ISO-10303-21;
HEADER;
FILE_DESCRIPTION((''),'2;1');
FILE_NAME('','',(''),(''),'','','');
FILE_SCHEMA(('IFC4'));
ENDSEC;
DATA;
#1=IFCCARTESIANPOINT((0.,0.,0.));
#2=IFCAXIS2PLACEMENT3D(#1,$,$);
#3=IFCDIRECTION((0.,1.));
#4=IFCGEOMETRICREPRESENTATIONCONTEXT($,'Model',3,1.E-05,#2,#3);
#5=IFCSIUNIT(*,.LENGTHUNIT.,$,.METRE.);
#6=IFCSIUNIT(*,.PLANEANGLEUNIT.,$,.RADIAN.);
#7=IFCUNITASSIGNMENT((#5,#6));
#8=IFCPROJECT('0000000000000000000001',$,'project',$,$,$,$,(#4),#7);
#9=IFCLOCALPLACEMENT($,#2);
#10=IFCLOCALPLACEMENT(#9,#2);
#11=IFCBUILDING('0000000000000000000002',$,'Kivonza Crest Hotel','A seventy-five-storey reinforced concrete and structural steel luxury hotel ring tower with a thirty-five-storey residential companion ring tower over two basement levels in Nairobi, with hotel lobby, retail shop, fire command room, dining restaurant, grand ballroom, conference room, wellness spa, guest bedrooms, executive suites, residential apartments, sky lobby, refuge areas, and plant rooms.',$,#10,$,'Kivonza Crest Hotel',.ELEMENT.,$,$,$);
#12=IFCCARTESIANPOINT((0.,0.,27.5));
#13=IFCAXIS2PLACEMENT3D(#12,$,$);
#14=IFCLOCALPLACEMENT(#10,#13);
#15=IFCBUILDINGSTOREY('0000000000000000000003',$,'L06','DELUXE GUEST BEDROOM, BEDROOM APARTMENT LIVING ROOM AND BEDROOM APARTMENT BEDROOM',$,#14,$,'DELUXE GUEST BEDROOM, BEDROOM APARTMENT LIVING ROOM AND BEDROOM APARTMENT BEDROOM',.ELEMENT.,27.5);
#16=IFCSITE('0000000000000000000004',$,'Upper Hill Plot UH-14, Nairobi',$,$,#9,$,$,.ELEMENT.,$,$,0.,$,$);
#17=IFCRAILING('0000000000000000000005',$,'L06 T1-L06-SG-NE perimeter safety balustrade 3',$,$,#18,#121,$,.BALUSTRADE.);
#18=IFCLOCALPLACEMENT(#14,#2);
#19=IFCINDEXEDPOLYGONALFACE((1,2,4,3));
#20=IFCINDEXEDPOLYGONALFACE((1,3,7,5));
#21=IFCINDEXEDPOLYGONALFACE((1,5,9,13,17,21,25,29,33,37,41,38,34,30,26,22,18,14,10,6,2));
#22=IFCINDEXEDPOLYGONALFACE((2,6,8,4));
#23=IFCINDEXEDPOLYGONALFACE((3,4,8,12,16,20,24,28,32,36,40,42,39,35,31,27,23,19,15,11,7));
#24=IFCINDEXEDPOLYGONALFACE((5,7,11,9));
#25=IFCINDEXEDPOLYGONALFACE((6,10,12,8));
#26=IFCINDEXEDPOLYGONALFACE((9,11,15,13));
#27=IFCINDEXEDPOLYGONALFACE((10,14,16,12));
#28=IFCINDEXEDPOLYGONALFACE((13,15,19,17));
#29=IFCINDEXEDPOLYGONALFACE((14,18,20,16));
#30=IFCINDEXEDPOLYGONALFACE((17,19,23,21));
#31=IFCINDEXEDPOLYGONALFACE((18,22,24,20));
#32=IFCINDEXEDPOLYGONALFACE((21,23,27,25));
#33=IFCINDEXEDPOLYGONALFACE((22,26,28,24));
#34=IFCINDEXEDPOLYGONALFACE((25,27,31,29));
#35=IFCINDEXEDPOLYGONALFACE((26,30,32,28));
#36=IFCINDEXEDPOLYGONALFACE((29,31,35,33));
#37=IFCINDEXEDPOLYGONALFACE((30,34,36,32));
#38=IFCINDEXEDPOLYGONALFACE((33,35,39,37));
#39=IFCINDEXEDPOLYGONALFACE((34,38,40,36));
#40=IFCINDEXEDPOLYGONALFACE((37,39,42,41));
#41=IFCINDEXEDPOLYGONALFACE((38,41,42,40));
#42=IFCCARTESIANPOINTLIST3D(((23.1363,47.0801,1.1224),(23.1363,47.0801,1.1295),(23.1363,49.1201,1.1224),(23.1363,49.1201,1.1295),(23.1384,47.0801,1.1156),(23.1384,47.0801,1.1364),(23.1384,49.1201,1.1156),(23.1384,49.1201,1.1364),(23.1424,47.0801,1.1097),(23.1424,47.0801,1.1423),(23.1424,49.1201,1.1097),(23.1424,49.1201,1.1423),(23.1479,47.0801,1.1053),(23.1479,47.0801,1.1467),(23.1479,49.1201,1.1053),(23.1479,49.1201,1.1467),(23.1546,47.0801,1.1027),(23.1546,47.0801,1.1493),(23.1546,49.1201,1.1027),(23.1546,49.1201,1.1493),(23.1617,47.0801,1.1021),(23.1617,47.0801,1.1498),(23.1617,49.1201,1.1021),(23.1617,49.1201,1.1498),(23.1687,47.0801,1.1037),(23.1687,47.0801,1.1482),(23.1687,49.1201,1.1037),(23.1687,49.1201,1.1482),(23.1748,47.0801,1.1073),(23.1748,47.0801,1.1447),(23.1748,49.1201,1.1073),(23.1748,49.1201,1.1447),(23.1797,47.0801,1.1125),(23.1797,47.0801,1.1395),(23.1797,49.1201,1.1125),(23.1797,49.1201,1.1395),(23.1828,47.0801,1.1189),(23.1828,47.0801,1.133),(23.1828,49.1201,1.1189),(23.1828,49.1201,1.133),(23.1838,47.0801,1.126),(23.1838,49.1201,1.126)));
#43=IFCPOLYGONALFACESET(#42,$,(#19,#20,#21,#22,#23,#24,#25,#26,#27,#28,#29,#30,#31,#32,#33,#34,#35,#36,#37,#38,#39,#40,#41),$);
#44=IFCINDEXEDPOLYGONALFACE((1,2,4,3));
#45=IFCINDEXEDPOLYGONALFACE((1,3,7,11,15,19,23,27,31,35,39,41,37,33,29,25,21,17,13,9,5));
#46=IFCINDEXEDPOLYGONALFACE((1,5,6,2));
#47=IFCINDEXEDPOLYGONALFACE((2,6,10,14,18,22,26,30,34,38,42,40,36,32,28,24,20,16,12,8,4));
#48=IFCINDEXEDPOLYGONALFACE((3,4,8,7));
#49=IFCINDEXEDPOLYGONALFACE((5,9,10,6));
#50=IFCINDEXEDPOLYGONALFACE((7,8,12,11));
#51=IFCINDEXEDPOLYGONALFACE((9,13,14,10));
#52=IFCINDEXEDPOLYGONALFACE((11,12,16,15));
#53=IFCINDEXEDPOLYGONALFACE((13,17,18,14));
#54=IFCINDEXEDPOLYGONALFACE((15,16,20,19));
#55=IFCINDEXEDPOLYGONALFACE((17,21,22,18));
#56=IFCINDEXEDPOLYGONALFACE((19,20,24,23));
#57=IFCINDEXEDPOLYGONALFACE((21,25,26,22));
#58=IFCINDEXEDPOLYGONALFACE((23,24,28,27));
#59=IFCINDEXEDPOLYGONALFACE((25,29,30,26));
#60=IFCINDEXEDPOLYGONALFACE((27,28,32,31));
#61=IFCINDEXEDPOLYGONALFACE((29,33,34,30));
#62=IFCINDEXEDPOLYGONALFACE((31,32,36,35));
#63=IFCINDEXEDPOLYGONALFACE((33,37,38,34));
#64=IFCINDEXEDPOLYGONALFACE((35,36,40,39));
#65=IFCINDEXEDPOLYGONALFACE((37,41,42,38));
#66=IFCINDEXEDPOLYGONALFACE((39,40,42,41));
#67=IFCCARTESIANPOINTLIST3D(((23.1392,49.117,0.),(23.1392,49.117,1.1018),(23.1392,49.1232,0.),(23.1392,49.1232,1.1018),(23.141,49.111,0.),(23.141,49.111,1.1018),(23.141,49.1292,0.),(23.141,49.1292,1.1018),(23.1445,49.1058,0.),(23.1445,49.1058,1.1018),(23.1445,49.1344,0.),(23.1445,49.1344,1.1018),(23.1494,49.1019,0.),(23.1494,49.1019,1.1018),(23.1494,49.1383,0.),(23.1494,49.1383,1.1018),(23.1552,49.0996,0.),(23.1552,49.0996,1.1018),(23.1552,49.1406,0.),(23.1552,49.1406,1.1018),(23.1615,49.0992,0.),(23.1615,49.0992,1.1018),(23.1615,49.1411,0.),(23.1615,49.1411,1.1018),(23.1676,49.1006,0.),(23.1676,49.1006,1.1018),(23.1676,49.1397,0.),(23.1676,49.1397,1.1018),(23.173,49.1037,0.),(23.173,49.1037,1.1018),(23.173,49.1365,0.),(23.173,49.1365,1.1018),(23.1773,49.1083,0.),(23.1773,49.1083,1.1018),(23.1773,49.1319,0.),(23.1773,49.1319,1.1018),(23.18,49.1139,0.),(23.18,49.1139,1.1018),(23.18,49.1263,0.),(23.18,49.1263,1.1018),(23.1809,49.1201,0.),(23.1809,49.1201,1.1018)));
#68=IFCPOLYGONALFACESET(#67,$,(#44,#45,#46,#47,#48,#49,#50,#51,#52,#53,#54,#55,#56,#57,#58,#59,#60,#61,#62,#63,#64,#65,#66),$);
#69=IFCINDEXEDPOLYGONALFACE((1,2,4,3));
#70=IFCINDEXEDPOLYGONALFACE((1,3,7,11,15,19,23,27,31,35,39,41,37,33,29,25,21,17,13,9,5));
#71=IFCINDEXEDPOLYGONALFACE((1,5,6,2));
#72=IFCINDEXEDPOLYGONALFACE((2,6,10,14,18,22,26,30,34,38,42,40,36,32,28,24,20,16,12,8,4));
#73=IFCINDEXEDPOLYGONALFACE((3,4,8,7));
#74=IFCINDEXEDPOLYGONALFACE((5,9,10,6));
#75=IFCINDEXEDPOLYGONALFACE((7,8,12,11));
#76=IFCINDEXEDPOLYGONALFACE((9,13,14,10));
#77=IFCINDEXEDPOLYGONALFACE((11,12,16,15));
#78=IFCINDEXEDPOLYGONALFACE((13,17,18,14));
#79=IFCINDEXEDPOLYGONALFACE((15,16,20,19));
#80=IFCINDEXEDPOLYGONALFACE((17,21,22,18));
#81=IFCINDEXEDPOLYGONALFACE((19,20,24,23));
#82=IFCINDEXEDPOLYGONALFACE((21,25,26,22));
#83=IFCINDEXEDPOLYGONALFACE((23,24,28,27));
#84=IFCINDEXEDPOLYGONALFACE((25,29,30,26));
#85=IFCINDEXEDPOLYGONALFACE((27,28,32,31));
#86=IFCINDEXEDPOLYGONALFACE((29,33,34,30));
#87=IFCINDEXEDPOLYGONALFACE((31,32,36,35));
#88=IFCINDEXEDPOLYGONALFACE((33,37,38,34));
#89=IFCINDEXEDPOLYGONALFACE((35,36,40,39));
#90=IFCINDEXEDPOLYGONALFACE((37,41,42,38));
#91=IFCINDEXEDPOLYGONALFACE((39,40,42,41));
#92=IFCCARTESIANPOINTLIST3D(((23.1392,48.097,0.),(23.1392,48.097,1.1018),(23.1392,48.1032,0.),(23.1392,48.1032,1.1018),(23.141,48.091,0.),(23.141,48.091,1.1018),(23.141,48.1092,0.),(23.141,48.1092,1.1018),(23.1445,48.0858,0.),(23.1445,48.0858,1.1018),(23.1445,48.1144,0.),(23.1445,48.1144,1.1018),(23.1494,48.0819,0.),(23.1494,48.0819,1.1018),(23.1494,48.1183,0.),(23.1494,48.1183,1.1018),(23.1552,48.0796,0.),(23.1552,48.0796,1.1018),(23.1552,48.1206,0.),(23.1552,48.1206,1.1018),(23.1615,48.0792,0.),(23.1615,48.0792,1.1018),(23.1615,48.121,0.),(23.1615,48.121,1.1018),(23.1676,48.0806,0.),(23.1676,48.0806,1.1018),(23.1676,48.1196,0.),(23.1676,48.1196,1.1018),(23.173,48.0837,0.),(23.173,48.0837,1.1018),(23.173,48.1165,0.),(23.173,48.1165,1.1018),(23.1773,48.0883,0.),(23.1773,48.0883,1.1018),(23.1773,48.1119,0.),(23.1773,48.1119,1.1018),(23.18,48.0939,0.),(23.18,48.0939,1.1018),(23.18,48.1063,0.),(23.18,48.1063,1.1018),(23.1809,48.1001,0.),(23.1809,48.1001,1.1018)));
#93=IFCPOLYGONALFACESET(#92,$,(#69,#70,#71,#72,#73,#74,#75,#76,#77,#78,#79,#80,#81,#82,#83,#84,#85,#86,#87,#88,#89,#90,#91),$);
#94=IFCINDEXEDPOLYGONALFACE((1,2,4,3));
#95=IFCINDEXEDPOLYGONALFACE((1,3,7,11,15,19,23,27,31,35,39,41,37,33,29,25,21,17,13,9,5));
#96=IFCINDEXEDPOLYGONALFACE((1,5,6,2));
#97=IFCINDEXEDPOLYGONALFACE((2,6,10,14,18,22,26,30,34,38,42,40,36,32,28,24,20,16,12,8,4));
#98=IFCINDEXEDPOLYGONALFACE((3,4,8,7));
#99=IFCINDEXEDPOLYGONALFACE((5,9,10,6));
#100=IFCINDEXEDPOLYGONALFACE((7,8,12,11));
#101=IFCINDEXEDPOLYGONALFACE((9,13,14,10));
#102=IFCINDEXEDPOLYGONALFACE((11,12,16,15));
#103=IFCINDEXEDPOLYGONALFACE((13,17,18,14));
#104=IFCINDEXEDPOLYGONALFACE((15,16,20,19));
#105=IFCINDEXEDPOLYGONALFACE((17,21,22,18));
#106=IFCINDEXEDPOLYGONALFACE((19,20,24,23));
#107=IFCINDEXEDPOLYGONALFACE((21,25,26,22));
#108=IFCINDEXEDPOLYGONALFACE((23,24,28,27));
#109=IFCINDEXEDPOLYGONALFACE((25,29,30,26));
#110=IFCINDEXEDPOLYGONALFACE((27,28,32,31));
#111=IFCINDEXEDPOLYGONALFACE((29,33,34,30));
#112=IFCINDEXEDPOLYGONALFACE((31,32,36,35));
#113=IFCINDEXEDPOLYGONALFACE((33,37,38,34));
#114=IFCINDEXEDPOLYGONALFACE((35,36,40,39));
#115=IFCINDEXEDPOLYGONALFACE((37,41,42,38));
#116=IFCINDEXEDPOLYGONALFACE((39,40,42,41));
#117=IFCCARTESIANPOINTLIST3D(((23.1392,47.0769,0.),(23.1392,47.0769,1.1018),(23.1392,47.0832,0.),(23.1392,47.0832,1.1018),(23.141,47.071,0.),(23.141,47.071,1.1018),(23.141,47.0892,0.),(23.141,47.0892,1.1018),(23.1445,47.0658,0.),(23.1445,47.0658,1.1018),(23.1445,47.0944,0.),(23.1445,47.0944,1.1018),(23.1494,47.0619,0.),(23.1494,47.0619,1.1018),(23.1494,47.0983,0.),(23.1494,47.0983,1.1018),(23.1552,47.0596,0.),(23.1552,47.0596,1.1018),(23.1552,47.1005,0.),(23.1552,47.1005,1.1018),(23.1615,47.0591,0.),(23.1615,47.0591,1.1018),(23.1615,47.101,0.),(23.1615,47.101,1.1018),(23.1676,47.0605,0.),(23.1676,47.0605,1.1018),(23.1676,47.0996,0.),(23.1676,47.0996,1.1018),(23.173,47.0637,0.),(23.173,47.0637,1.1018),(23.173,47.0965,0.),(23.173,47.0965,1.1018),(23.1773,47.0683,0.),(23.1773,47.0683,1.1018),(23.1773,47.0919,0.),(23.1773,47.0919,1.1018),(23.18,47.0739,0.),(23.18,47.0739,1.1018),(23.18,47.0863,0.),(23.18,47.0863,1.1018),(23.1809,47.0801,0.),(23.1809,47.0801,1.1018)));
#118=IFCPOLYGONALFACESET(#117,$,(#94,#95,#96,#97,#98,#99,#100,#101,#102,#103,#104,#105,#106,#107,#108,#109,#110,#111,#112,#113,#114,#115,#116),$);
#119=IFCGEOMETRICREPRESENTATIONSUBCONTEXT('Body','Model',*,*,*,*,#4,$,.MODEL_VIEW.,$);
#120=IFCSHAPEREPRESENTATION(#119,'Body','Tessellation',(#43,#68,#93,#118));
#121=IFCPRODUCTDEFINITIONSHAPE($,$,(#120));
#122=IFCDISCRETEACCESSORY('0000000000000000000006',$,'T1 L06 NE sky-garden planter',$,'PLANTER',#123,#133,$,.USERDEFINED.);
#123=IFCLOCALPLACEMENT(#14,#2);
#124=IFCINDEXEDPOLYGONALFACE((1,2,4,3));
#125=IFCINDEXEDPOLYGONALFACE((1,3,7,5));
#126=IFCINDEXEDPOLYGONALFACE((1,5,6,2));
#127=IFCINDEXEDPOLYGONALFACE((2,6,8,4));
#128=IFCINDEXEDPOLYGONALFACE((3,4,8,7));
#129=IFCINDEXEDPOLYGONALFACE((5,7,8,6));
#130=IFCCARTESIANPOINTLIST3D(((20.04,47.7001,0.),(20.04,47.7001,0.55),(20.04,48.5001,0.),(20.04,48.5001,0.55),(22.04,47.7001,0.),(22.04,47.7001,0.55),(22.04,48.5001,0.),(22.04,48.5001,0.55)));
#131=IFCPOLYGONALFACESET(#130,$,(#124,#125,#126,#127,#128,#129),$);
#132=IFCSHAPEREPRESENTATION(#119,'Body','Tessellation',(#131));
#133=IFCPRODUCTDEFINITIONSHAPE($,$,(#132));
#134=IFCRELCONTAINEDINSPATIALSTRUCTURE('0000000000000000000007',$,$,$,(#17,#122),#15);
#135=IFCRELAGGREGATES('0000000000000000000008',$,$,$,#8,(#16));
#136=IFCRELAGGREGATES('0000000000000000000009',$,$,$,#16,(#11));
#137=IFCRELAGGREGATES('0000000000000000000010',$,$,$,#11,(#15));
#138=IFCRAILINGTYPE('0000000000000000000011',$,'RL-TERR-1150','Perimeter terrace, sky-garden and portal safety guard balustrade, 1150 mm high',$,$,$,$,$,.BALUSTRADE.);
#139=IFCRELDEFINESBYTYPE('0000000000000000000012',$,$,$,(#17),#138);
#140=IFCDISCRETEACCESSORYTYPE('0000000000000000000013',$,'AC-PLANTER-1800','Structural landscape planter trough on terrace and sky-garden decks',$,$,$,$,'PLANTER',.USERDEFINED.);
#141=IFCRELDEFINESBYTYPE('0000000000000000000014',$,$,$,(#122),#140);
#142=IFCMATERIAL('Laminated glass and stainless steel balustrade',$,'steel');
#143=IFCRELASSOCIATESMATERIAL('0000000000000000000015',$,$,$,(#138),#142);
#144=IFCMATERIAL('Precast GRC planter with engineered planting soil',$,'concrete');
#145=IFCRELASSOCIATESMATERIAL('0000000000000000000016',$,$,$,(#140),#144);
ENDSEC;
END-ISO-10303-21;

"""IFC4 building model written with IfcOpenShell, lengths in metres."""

from ifc_helpers import new_model, si_unit, direction, frame, origin, origin_2d, place, context, subcontext, project, spatial, rectangle, circle, extrude, material, type_object, element, save


model = new_model("IFC4")

# Units and contexts
model_context = context("Model", 3, precision=1e-05, world=origin(), true_north=direction((0.0, 1.0)))
body_context = subcontext(model_context, "Body", "Model", "MODEL_VIEW")
ifc_project = project(units=[si_unit("LENGTHUNIT", "METRE"), si_unit("PLANEANGLEUNIT", "RADIAN")], contexts=[model_context])

# Site, building, storey
site_placement = place(None, origin())
site = spatial("IfcSite", under=ifc_project, at=site_placement, Name="Upper Hill Plot UH-14, Nairobi", CompositionType="ELEMENT", RefElevation=0.0)
building_placement = place(site_placement, origin())
building = spatial("IfcBuilding", under=site, at=building_placement, Name="Kivonza Crest Hotel", Description="A seventy-five-storey reinforced concrete and structural steel luxury hotel ring tower with a thirty-five-storey residential companion ring tower over two basement levels in Nairobi, with hotel lobby, retail shop, fire command room, dining restaurant, grand ballroom, conference room, wellness spa, guest bedrooms, executive suites, residential apartments, sky lobby, refuge areas, and plant rooms.", LongName="Kivonza Crest Hotel", CompositionType="ELEMENT")
storey_placement = place(building_placement, frame((0.0, 0.0, 27.5)))
storey = spatial("IfcBuildingStorey", under=building, at=storey_placement, Name="L06", Description="DELUXE GUEST BEDROOM, BEDROOM APARTMENT LIVING ROOM AND BEDROOM APARTMENT BEDROOM", LongName="DELUXE GUEST BEDROOM, BEDROOM APARTMENT LIVING ROOM AND BEDROOM APARTMENT BEDROOM", CompositionType="ELEMENT", Elevation=27.5)

# Railing
ifc_material_1 = material(Name="Laminated glass and stainless steel balustrade", Category="steel")
railing_type = type_object("IfcRailingType", Name="RL-TERR-1150", Description="Perimeter terrace, sky-garden and portal safety guard balustrade, 1150 mm high", PredefinedType="BALUSTRADE", material=ifc_material_1)
railing_1_placement = place(storey_placement, frame((23.1599, 49.1201, 0.0)))
element("IfcRailing", 1, at=railing_1_placement, inside=storey, type_object=railing_type, Name="L06 T1-L06-SG-NE perimeter safety balustrade 3", PredefinedType="BALUSTRADE", context=body_context, shape_type="SweptSolid", body=[
    extrude(circle(Radius=0.0239, at=origin_2d()), frame((0.0, 0.0, 1.126), z_axis=(0.0, -1.0, 0.0), x_axis=(1.0, 0.0, 0.0)), (0.0, 0.0, 1.0), 2.04),
    extrude(circle(Radius=0.021, at=origin_2d()), origin(), (0.0, 0.0, 1.0), 1.1018),
    extrude(circle(Radius=0.021, at=origin_2d()), frame((0.0, -1.02, 0.0)), (0.0, 0.0, 1.0), 1.1018),
    extrude(circle(Radius=0.021, at=origin_2d()), frame((0.0, -2.04, 0.0)), (0.0, 0.0, 1.0), 1.1018),
])

# Discrete accessory
ifc_material_2 = material(Name="Precast GRC planter with engineered planting soil", Category="concrete")
discrete_accessory_type = type_object("IfcDiscreteAccessoryType", Name="AC-PLANTER-1800", Description="Structural landscape planter trough on terrace and sky-garden decks", ElementType="PLANTER", PredefinedType="USERDEFINED", material=ifc_material_2)
discrete_accessory_placement = place(storey_placement, frame((21.04, 48.1001, 0.0), z_axis=(0.0, 0.0, 1.0), x_axis=(1.0, 0.0, 0.0)))
element("IfcDiscreteAccessory", 2, at=discrete_accessory_placement, inside=storey, type_object=discrete_accessory_type, Name="T1 L06 NE sky-garden planter", ObjectType="PLANTER", PredefinedType="USERDEFINED", context=body_context, shape_type="SweptSolid", body=[
    extrude(rectangle(XDim=2.0, YDim=0.8, at=origin_2d()), origin(), (0.0, 0.0, 1.0), 0.55),
])

save(model, "model.ifc")
